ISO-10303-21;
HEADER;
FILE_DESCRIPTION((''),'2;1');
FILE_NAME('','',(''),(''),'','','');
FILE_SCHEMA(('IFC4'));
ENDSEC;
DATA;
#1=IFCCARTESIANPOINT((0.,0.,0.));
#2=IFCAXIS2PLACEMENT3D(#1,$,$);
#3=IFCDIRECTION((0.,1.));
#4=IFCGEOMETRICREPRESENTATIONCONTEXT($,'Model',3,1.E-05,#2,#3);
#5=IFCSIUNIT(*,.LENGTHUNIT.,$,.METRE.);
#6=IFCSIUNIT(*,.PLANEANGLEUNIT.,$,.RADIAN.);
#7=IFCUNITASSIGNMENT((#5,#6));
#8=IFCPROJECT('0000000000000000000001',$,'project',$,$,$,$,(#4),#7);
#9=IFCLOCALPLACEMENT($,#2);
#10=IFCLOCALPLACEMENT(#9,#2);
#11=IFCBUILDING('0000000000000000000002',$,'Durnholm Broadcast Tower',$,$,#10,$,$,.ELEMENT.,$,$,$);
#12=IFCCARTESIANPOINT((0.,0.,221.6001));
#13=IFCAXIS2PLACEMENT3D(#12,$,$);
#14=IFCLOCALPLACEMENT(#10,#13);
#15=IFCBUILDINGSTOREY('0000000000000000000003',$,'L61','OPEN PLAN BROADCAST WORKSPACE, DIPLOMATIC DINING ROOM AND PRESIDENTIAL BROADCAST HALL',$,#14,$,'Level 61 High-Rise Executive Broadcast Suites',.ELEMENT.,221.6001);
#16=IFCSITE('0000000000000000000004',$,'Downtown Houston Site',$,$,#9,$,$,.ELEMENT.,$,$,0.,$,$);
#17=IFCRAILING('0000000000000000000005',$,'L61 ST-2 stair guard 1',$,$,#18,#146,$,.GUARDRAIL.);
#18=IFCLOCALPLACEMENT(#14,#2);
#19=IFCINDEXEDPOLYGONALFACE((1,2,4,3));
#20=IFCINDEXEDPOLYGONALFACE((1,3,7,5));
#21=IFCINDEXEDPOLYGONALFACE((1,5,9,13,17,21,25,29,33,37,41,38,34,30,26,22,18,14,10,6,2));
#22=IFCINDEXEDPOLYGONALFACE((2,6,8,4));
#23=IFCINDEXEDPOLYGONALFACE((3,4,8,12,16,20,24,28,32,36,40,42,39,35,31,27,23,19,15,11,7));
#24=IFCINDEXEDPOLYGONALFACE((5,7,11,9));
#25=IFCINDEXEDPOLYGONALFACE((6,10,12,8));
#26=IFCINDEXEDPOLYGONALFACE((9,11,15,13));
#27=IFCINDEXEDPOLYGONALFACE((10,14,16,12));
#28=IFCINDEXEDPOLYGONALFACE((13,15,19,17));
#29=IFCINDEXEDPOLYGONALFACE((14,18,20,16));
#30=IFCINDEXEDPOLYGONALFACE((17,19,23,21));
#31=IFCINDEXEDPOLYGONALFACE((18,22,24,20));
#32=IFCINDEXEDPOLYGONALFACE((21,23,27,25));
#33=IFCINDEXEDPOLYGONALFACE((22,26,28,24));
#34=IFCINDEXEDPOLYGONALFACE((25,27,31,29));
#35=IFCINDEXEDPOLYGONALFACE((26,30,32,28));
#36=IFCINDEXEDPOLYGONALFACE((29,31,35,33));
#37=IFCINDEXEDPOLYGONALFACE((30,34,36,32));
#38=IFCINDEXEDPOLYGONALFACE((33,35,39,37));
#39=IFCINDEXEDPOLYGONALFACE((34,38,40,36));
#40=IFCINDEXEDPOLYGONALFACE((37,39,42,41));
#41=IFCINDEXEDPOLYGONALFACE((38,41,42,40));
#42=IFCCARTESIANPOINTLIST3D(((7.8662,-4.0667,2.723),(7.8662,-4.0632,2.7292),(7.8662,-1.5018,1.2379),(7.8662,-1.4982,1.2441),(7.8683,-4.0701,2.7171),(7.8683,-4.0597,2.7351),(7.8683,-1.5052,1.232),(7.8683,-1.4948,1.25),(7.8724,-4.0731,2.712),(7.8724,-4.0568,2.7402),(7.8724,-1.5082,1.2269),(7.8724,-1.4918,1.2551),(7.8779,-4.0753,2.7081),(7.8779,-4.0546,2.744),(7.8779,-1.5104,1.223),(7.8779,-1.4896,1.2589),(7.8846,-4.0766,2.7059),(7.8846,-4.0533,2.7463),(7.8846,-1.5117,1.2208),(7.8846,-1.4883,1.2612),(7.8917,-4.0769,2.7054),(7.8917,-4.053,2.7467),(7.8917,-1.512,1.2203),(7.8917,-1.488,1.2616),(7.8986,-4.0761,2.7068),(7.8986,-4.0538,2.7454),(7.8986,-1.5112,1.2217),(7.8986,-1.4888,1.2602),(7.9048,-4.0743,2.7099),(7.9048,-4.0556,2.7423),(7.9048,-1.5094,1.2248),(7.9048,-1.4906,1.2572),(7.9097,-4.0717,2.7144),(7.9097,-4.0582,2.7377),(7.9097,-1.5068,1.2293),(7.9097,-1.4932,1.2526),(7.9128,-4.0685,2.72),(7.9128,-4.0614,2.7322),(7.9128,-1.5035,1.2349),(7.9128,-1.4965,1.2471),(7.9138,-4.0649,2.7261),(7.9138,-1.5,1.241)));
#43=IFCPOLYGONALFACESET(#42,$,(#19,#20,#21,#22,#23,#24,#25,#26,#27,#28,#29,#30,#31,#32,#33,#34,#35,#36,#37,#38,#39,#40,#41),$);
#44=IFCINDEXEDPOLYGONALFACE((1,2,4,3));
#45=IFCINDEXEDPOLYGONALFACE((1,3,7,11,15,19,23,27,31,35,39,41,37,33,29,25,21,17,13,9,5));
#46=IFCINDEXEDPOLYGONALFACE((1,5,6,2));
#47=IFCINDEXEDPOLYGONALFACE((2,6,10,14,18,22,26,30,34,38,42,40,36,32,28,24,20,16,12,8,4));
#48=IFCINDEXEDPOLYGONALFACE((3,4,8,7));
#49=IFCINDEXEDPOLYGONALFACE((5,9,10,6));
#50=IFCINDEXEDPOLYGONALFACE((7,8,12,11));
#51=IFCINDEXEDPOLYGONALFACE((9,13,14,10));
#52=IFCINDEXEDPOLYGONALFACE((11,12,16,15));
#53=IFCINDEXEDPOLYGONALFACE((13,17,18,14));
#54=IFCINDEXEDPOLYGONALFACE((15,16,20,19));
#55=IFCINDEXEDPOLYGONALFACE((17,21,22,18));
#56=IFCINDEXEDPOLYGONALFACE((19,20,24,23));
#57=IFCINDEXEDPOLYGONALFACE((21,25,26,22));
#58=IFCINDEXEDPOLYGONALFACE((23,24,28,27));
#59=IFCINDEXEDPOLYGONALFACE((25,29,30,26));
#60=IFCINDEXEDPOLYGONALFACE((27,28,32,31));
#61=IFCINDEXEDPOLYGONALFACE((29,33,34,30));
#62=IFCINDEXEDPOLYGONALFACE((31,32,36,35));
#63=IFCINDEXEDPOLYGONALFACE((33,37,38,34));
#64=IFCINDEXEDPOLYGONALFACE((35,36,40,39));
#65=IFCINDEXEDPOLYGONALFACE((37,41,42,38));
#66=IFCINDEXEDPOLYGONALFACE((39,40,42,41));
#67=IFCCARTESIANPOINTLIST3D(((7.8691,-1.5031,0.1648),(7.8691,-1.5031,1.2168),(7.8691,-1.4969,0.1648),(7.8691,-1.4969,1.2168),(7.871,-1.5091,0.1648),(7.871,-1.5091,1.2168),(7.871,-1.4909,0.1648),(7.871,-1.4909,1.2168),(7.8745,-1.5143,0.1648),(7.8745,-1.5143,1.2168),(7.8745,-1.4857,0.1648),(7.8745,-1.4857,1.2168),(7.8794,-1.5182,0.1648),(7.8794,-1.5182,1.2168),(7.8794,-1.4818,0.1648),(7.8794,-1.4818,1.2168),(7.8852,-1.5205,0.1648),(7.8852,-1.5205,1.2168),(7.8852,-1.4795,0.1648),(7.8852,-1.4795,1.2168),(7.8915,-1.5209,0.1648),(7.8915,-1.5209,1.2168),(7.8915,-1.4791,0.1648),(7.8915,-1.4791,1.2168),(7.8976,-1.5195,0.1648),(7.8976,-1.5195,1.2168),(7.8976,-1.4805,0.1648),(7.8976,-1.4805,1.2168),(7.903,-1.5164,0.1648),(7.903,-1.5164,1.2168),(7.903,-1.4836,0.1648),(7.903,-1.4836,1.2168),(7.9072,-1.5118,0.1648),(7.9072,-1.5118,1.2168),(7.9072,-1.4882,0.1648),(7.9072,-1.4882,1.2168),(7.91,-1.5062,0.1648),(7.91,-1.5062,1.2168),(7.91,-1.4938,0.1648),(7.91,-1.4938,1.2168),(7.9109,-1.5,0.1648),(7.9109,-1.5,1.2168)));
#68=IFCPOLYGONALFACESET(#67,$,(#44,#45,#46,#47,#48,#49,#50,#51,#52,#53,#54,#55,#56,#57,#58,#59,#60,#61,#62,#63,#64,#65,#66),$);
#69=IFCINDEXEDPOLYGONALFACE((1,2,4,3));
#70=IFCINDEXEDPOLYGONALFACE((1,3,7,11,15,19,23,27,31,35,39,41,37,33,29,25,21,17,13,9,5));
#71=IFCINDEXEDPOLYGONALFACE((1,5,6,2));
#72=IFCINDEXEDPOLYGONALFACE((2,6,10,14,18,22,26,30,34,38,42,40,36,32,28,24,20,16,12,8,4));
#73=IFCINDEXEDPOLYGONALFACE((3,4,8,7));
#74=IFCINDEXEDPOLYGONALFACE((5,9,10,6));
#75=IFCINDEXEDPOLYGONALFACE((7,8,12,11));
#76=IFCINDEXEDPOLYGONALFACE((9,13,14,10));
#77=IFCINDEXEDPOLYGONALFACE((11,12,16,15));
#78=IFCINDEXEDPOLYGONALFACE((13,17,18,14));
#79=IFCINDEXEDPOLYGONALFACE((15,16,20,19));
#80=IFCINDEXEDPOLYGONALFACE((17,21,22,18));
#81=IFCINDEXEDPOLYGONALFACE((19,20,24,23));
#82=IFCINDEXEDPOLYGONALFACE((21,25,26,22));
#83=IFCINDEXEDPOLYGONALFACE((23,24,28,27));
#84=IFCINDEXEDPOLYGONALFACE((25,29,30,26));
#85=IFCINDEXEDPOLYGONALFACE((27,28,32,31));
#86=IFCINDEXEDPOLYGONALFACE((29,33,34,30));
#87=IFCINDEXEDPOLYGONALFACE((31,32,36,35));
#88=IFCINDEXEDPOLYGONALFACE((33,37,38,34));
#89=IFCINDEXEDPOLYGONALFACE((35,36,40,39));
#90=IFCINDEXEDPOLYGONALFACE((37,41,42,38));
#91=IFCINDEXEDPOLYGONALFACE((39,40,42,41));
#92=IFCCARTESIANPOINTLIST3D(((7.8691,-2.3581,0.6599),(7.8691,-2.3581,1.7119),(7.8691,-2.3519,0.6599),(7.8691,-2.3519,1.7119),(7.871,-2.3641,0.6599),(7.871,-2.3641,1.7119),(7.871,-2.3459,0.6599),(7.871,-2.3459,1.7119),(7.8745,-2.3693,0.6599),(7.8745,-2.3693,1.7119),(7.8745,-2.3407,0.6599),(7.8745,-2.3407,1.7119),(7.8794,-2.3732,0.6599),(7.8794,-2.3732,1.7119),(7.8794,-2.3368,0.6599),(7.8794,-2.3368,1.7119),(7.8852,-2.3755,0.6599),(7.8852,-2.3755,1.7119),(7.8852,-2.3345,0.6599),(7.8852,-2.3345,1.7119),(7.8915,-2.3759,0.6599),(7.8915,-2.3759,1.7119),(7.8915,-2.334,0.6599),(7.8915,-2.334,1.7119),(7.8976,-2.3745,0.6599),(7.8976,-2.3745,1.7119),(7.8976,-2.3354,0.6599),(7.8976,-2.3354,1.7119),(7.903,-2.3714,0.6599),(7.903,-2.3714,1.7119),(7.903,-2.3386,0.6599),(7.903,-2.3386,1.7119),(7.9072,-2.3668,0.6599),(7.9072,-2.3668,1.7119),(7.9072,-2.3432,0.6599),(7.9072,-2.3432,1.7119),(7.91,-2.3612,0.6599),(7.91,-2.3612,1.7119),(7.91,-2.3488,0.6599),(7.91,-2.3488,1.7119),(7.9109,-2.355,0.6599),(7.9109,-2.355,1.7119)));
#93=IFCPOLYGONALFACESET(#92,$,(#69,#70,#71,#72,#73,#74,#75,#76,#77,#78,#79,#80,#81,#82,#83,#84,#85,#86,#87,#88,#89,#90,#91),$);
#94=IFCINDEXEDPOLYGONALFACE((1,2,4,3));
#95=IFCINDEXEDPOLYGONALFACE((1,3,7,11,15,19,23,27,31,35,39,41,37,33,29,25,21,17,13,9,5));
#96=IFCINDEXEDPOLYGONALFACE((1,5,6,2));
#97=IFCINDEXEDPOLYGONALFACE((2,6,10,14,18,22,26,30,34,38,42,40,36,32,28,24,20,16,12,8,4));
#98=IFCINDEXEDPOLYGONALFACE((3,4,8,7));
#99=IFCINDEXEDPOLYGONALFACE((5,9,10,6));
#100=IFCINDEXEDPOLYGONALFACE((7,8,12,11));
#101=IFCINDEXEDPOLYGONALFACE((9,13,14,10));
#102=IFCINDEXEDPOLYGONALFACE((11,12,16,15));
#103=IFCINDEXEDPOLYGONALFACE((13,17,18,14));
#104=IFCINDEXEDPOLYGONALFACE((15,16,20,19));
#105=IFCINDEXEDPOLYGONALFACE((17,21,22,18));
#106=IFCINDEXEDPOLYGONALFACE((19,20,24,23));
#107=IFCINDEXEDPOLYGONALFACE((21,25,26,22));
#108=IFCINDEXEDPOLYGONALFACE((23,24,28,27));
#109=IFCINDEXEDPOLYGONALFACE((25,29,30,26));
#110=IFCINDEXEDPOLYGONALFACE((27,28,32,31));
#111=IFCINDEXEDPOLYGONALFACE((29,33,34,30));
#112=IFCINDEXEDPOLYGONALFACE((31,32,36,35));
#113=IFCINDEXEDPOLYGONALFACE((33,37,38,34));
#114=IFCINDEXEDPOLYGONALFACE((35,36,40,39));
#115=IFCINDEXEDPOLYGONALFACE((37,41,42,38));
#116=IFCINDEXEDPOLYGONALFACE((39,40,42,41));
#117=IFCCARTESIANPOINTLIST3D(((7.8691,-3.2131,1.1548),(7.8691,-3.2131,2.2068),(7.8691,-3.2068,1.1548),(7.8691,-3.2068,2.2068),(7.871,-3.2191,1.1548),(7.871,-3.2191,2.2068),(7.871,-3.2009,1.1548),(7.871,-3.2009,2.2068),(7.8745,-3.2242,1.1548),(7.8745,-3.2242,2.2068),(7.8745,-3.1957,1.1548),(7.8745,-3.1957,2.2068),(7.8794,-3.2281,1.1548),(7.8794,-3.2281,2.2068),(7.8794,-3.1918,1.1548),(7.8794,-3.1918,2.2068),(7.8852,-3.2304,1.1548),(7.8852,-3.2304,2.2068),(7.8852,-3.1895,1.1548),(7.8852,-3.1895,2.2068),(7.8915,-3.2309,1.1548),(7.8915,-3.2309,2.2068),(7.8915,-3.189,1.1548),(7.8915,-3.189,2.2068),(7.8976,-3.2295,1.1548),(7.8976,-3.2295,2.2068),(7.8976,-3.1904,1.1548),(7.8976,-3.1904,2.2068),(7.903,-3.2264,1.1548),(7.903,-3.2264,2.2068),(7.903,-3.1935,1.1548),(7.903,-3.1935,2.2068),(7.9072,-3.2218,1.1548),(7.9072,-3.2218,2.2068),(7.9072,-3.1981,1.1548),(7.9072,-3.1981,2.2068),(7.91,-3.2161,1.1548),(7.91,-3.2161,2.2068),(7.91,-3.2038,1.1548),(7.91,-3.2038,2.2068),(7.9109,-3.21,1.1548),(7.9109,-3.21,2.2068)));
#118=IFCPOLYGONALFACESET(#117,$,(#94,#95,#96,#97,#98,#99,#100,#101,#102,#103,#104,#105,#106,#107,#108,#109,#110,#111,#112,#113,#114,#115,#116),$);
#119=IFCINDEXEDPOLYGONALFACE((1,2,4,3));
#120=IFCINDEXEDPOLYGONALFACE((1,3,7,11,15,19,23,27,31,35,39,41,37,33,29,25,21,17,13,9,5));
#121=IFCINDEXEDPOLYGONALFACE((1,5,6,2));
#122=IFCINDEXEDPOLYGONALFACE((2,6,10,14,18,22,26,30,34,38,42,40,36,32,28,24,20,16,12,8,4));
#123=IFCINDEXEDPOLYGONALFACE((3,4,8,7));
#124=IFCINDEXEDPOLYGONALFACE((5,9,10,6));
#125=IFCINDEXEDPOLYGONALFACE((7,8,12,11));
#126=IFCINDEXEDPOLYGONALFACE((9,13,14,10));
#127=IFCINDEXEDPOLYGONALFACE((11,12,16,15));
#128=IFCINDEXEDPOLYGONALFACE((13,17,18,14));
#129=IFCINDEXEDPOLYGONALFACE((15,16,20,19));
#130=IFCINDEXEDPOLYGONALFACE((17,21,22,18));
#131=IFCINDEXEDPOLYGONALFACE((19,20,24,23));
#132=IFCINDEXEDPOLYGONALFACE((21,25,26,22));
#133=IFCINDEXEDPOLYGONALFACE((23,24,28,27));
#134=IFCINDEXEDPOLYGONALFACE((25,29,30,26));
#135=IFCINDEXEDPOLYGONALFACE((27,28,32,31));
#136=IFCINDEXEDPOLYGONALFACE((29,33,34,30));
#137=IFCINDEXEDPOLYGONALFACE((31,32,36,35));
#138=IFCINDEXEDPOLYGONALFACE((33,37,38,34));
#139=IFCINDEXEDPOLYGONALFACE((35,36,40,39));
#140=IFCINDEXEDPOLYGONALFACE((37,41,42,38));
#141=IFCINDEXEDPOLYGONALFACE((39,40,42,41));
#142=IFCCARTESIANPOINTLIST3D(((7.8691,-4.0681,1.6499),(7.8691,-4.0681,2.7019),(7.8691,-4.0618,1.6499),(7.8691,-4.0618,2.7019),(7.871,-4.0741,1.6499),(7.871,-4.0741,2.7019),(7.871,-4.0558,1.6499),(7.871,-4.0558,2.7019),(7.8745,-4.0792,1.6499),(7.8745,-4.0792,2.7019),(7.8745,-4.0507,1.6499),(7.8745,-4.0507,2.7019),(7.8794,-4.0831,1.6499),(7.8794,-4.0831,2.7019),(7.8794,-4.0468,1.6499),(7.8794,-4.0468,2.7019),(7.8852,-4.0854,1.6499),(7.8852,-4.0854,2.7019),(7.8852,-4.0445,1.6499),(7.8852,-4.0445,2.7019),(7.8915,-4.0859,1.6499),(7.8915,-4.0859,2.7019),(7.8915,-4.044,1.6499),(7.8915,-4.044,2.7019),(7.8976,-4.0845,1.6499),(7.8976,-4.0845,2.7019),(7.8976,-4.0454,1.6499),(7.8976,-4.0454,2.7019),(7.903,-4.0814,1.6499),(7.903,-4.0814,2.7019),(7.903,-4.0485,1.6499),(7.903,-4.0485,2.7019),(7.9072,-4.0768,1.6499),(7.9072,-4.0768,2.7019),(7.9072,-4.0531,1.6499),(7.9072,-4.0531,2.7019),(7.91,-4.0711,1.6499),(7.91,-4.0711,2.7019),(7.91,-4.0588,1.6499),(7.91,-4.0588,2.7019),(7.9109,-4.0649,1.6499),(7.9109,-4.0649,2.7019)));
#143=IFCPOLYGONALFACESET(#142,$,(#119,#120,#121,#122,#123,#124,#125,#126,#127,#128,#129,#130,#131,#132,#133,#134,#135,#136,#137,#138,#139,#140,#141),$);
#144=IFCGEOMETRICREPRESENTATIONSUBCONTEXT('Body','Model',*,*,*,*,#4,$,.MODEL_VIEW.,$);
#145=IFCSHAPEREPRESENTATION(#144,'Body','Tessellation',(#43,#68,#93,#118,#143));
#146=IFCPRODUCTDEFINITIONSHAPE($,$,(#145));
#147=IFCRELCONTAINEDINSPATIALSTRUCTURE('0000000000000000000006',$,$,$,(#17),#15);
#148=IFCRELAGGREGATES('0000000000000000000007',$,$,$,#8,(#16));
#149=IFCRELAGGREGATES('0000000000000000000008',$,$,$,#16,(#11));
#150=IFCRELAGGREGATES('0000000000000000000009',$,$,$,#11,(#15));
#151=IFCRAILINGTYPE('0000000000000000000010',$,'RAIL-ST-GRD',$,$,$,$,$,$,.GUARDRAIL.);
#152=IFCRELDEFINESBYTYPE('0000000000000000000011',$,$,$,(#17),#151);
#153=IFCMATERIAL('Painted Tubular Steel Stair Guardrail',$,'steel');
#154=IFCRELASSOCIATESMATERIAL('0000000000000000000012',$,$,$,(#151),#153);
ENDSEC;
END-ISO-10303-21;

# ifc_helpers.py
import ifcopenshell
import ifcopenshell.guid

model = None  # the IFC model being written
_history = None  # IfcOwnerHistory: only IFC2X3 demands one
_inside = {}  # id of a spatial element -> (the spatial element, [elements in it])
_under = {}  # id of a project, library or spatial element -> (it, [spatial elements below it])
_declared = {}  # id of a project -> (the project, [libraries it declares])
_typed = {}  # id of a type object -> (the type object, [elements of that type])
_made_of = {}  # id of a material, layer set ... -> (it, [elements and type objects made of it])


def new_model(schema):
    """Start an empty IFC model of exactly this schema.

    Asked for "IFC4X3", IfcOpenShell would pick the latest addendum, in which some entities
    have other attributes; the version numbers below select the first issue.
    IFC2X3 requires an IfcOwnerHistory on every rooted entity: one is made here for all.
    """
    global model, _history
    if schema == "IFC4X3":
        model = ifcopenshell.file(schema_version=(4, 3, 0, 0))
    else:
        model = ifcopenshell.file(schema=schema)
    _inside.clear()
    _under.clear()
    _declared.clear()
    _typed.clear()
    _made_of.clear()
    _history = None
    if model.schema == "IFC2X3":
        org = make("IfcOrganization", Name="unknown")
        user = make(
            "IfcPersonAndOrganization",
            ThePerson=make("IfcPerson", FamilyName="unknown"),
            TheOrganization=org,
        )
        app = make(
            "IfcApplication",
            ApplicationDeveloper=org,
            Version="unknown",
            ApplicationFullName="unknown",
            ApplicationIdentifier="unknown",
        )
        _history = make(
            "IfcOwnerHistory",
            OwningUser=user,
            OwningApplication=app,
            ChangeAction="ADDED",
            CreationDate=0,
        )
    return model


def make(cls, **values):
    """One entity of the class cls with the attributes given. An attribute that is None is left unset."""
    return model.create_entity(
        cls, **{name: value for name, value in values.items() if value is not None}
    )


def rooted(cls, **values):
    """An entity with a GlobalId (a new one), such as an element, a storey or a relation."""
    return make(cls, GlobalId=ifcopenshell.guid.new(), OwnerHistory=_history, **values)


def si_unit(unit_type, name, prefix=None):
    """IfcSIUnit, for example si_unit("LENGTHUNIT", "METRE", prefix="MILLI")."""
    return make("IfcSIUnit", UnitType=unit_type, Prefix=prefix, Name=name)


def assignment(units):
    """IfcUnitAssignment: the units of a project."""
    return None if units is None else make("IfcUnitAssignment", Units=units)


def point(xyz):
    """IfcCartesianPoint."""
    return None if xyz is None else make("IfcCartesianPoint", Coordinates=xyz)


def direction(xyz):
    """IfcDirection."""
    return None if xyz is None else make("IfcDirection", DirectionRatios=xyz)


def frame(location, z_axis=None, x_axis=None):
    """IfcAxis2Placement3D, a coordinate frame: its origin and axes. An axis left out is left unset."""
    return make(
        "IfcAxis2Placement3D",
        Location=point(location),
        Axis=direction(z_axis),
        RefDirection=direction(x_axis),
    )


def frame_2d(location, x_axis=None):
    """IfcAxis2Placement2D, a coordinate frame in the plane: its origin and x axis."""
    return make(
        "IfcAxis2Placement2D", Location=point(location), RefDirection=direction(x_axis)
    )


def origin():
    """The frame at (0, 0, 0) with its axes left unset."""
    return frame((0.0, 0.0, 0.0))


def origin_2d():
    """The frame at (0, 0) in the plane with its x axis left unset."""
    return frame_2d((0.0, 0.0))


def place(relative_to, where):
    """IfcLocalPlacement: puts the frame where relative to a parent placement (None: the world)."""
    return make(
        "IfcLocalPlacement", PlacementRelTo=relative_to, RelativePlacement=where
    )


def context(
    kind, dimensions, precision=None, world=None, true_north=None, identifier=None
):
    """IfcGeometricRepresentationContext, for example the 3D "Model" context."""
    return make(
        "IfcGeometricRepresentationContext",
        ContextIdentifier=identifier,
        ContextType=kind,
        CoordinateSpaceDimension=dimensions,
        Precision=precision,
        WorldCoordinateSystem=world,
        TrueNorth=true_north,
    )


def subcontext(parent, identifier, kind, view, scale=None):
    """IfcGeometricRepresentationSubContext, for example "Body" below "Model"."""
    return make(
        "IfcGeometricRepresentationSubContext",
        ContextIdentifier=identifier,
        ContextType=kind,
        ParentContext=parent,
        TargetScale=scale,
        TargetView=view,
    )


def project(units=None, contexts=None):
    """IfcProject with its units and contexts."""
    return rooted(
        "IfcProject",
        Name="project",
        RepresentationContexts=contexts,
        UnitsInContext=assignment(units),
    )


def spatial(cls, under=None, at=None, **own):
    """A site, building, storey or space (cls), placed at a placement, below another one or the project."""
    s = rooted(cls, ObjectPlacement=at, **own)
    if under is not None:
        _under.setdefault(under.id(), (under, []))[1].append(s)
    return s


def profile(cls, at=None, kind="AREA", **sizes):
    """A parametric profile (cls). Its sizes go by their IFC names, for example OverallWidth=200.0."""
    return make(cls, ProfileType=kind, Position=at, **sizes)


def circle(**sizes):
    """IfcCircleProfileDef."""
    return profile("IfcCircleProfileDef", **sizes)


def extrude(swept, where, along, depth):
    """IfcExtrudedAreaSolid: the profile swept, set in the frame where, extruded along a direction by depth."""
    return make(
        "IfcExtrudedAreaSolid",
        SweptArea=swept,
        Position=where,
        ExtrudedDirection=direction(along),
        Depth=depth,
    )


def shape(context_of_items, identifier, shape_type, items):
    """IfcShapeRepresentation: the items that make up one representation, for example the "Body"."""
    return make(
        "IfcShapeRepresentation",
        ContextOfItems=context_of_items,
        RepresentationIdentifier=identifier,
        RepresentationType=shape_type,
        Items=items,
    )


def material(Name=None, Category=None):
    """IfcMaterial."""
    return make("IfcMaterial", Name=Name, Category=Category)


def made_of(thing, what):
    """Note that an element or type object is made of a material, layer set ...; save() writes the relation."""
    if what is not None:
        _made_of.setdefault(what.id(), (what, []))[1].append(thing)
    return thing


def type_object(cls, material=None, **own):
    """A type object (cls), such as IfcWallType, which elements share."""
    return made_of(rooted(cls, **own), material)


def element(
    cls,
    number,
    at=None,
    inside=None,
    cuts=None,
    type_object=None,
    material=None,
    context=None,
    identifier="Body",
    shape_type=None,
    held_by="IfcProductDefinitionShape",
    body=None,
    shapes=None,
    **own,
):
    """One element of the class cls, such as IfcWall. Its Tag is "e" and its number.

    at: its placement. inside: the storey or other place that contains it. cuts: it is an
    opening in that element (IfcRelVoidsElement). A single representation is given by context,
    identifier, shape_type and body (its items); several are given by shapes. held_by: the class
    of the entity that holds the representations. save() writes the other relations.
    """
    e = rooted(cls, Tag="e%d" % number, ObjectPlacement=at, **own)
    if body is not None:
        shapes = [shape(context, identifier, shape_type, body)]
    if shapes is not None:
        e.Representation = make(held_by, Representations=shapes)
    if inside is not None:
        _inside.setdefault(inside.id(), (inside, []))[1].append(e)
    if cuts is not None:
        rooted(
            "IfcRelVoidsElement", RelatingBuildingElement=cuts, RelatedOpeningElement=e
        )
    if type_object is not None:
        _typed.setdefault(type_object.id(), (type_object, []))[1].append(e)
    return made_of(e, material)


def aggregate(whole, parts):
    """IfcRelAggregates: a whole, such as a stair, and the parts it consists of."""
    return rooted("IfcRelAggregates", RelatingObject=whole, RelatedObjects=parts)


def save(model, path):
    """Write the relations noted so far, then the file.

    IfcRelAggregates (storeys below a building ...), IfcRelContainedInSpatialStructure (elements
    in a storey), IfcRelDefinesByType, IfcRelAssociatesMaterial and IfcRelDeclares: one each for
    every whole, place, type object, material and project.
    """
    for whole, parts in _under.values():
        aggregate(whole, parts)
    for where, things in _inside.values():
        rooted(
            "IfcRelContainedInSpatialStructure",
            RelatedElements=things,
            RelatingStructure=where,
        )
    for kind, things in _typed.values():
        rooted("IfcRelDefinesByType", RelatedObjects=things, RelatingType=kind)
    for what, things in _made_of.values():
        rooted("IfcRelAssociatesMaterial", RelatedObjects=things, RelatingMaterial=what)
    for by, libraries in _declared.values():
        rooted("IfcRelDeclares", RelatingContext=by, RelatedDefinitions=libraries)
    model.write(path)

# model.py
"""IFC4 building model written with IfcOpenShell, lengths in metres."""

from ifc_helpers import new_model, si_unit, direction, frame, origin, origin_2d, place, context, subcontext, project, spatial, circle, extrude, material, type_object, element, save


model = new_model("IFC4")

# Units and contexts
model_context = context("Model", 3, precision=1e-05, world=origin(), true_north=direction((0.0, 1.0)))
body_context = subcontext(model_context, "Body", "Model", "MODEL_VIEW")
ifc_project = project(units=[si_unit("LENGTHUNIT", "METRE"), si_unit("PLANEANGLEUNIT", "RADIAN")], contexts=[model_context])

# Site, building, storey
site_placement = place(None, origin())
site = spatial("IfcSite", under=ifc_project, at=site_placement, Name="Downtown Houston Site", CompositionType="ELEMENT", RefElevation=0.0)
building_placement = place(site_placement, origin())
building = spatial("IfcBuilding", under=site, at=building_placement, Name="Durnholm Broadcast Tower", CompositionType="ELEMENT")
storey_placement = place(building_placement, frame((0.0, 0.0, 221.6001)))
storey = spatial("IfcBuildingStorey", under=building, at=storey_placement, Name="L61", Description="OPEN PLAN BROADCAST WORKSPACE, DIPLOMATIC DINING ROOM AND PRESIDENTIAL BROADCAST HALL", LongName="Level 61 High-Rise Executive Broadcast Suites", CompositionType="ELEMENT", Elevation=221.6001)

# Railing
ifc_material_1 = material(Name="Painted Tubular Steel Stair Guardrail", Category="steel")
railing_type_1 = type_object("IfcRailingType", Name="RAIL-ST-GRD", PredefinedType="GUARDRAIL", material=ifc_material_1)
railing_1_placement = place(storey_placement, frame((7.8899, -1.5, 0.1648)))
element("IfcRailing", 1, at=railing_1_placement, inside=storey, type_object=railing_type_1, Name="L61 ST-2 stair guard 1", PredefinedType="GUARDRAIL", context=body_context, shape_type="SweptSolid", body=[
    extrude(circle(Radius=0.0239, at=origin_2d()), frame((0.0, 0.0, 1.0762), z_axis=(0.0, -0.865406, 0.501072), x_axis=(1.0, 0.0, 0.0)), (0.0, 0.0, 1.0), 2.9639),
    extrude(circle(Radius=0.021, at=origin_2d()), origin(), (0.0, 0.0, 1.0), 1.052),
    extrude(circle(Radius=0.021, at=origin_2d()), frame((0.0, -0.855, 0.4951)), (0.0, 0.0, 1.0), 1.052),
    extrude(circle(Radius=0.021, at=origin_2d()), frame((0.0, -1.71, 0.99)), (0.0, 0.0, 1.0), 1.052),
    extrude(circle(Radius=0.021, at=origin_2d()), frame((0.0, -2.5649, 1.4851)), (0.0, 0.0, 1.0), 1.052),
])

save(model, "model.ifc")
